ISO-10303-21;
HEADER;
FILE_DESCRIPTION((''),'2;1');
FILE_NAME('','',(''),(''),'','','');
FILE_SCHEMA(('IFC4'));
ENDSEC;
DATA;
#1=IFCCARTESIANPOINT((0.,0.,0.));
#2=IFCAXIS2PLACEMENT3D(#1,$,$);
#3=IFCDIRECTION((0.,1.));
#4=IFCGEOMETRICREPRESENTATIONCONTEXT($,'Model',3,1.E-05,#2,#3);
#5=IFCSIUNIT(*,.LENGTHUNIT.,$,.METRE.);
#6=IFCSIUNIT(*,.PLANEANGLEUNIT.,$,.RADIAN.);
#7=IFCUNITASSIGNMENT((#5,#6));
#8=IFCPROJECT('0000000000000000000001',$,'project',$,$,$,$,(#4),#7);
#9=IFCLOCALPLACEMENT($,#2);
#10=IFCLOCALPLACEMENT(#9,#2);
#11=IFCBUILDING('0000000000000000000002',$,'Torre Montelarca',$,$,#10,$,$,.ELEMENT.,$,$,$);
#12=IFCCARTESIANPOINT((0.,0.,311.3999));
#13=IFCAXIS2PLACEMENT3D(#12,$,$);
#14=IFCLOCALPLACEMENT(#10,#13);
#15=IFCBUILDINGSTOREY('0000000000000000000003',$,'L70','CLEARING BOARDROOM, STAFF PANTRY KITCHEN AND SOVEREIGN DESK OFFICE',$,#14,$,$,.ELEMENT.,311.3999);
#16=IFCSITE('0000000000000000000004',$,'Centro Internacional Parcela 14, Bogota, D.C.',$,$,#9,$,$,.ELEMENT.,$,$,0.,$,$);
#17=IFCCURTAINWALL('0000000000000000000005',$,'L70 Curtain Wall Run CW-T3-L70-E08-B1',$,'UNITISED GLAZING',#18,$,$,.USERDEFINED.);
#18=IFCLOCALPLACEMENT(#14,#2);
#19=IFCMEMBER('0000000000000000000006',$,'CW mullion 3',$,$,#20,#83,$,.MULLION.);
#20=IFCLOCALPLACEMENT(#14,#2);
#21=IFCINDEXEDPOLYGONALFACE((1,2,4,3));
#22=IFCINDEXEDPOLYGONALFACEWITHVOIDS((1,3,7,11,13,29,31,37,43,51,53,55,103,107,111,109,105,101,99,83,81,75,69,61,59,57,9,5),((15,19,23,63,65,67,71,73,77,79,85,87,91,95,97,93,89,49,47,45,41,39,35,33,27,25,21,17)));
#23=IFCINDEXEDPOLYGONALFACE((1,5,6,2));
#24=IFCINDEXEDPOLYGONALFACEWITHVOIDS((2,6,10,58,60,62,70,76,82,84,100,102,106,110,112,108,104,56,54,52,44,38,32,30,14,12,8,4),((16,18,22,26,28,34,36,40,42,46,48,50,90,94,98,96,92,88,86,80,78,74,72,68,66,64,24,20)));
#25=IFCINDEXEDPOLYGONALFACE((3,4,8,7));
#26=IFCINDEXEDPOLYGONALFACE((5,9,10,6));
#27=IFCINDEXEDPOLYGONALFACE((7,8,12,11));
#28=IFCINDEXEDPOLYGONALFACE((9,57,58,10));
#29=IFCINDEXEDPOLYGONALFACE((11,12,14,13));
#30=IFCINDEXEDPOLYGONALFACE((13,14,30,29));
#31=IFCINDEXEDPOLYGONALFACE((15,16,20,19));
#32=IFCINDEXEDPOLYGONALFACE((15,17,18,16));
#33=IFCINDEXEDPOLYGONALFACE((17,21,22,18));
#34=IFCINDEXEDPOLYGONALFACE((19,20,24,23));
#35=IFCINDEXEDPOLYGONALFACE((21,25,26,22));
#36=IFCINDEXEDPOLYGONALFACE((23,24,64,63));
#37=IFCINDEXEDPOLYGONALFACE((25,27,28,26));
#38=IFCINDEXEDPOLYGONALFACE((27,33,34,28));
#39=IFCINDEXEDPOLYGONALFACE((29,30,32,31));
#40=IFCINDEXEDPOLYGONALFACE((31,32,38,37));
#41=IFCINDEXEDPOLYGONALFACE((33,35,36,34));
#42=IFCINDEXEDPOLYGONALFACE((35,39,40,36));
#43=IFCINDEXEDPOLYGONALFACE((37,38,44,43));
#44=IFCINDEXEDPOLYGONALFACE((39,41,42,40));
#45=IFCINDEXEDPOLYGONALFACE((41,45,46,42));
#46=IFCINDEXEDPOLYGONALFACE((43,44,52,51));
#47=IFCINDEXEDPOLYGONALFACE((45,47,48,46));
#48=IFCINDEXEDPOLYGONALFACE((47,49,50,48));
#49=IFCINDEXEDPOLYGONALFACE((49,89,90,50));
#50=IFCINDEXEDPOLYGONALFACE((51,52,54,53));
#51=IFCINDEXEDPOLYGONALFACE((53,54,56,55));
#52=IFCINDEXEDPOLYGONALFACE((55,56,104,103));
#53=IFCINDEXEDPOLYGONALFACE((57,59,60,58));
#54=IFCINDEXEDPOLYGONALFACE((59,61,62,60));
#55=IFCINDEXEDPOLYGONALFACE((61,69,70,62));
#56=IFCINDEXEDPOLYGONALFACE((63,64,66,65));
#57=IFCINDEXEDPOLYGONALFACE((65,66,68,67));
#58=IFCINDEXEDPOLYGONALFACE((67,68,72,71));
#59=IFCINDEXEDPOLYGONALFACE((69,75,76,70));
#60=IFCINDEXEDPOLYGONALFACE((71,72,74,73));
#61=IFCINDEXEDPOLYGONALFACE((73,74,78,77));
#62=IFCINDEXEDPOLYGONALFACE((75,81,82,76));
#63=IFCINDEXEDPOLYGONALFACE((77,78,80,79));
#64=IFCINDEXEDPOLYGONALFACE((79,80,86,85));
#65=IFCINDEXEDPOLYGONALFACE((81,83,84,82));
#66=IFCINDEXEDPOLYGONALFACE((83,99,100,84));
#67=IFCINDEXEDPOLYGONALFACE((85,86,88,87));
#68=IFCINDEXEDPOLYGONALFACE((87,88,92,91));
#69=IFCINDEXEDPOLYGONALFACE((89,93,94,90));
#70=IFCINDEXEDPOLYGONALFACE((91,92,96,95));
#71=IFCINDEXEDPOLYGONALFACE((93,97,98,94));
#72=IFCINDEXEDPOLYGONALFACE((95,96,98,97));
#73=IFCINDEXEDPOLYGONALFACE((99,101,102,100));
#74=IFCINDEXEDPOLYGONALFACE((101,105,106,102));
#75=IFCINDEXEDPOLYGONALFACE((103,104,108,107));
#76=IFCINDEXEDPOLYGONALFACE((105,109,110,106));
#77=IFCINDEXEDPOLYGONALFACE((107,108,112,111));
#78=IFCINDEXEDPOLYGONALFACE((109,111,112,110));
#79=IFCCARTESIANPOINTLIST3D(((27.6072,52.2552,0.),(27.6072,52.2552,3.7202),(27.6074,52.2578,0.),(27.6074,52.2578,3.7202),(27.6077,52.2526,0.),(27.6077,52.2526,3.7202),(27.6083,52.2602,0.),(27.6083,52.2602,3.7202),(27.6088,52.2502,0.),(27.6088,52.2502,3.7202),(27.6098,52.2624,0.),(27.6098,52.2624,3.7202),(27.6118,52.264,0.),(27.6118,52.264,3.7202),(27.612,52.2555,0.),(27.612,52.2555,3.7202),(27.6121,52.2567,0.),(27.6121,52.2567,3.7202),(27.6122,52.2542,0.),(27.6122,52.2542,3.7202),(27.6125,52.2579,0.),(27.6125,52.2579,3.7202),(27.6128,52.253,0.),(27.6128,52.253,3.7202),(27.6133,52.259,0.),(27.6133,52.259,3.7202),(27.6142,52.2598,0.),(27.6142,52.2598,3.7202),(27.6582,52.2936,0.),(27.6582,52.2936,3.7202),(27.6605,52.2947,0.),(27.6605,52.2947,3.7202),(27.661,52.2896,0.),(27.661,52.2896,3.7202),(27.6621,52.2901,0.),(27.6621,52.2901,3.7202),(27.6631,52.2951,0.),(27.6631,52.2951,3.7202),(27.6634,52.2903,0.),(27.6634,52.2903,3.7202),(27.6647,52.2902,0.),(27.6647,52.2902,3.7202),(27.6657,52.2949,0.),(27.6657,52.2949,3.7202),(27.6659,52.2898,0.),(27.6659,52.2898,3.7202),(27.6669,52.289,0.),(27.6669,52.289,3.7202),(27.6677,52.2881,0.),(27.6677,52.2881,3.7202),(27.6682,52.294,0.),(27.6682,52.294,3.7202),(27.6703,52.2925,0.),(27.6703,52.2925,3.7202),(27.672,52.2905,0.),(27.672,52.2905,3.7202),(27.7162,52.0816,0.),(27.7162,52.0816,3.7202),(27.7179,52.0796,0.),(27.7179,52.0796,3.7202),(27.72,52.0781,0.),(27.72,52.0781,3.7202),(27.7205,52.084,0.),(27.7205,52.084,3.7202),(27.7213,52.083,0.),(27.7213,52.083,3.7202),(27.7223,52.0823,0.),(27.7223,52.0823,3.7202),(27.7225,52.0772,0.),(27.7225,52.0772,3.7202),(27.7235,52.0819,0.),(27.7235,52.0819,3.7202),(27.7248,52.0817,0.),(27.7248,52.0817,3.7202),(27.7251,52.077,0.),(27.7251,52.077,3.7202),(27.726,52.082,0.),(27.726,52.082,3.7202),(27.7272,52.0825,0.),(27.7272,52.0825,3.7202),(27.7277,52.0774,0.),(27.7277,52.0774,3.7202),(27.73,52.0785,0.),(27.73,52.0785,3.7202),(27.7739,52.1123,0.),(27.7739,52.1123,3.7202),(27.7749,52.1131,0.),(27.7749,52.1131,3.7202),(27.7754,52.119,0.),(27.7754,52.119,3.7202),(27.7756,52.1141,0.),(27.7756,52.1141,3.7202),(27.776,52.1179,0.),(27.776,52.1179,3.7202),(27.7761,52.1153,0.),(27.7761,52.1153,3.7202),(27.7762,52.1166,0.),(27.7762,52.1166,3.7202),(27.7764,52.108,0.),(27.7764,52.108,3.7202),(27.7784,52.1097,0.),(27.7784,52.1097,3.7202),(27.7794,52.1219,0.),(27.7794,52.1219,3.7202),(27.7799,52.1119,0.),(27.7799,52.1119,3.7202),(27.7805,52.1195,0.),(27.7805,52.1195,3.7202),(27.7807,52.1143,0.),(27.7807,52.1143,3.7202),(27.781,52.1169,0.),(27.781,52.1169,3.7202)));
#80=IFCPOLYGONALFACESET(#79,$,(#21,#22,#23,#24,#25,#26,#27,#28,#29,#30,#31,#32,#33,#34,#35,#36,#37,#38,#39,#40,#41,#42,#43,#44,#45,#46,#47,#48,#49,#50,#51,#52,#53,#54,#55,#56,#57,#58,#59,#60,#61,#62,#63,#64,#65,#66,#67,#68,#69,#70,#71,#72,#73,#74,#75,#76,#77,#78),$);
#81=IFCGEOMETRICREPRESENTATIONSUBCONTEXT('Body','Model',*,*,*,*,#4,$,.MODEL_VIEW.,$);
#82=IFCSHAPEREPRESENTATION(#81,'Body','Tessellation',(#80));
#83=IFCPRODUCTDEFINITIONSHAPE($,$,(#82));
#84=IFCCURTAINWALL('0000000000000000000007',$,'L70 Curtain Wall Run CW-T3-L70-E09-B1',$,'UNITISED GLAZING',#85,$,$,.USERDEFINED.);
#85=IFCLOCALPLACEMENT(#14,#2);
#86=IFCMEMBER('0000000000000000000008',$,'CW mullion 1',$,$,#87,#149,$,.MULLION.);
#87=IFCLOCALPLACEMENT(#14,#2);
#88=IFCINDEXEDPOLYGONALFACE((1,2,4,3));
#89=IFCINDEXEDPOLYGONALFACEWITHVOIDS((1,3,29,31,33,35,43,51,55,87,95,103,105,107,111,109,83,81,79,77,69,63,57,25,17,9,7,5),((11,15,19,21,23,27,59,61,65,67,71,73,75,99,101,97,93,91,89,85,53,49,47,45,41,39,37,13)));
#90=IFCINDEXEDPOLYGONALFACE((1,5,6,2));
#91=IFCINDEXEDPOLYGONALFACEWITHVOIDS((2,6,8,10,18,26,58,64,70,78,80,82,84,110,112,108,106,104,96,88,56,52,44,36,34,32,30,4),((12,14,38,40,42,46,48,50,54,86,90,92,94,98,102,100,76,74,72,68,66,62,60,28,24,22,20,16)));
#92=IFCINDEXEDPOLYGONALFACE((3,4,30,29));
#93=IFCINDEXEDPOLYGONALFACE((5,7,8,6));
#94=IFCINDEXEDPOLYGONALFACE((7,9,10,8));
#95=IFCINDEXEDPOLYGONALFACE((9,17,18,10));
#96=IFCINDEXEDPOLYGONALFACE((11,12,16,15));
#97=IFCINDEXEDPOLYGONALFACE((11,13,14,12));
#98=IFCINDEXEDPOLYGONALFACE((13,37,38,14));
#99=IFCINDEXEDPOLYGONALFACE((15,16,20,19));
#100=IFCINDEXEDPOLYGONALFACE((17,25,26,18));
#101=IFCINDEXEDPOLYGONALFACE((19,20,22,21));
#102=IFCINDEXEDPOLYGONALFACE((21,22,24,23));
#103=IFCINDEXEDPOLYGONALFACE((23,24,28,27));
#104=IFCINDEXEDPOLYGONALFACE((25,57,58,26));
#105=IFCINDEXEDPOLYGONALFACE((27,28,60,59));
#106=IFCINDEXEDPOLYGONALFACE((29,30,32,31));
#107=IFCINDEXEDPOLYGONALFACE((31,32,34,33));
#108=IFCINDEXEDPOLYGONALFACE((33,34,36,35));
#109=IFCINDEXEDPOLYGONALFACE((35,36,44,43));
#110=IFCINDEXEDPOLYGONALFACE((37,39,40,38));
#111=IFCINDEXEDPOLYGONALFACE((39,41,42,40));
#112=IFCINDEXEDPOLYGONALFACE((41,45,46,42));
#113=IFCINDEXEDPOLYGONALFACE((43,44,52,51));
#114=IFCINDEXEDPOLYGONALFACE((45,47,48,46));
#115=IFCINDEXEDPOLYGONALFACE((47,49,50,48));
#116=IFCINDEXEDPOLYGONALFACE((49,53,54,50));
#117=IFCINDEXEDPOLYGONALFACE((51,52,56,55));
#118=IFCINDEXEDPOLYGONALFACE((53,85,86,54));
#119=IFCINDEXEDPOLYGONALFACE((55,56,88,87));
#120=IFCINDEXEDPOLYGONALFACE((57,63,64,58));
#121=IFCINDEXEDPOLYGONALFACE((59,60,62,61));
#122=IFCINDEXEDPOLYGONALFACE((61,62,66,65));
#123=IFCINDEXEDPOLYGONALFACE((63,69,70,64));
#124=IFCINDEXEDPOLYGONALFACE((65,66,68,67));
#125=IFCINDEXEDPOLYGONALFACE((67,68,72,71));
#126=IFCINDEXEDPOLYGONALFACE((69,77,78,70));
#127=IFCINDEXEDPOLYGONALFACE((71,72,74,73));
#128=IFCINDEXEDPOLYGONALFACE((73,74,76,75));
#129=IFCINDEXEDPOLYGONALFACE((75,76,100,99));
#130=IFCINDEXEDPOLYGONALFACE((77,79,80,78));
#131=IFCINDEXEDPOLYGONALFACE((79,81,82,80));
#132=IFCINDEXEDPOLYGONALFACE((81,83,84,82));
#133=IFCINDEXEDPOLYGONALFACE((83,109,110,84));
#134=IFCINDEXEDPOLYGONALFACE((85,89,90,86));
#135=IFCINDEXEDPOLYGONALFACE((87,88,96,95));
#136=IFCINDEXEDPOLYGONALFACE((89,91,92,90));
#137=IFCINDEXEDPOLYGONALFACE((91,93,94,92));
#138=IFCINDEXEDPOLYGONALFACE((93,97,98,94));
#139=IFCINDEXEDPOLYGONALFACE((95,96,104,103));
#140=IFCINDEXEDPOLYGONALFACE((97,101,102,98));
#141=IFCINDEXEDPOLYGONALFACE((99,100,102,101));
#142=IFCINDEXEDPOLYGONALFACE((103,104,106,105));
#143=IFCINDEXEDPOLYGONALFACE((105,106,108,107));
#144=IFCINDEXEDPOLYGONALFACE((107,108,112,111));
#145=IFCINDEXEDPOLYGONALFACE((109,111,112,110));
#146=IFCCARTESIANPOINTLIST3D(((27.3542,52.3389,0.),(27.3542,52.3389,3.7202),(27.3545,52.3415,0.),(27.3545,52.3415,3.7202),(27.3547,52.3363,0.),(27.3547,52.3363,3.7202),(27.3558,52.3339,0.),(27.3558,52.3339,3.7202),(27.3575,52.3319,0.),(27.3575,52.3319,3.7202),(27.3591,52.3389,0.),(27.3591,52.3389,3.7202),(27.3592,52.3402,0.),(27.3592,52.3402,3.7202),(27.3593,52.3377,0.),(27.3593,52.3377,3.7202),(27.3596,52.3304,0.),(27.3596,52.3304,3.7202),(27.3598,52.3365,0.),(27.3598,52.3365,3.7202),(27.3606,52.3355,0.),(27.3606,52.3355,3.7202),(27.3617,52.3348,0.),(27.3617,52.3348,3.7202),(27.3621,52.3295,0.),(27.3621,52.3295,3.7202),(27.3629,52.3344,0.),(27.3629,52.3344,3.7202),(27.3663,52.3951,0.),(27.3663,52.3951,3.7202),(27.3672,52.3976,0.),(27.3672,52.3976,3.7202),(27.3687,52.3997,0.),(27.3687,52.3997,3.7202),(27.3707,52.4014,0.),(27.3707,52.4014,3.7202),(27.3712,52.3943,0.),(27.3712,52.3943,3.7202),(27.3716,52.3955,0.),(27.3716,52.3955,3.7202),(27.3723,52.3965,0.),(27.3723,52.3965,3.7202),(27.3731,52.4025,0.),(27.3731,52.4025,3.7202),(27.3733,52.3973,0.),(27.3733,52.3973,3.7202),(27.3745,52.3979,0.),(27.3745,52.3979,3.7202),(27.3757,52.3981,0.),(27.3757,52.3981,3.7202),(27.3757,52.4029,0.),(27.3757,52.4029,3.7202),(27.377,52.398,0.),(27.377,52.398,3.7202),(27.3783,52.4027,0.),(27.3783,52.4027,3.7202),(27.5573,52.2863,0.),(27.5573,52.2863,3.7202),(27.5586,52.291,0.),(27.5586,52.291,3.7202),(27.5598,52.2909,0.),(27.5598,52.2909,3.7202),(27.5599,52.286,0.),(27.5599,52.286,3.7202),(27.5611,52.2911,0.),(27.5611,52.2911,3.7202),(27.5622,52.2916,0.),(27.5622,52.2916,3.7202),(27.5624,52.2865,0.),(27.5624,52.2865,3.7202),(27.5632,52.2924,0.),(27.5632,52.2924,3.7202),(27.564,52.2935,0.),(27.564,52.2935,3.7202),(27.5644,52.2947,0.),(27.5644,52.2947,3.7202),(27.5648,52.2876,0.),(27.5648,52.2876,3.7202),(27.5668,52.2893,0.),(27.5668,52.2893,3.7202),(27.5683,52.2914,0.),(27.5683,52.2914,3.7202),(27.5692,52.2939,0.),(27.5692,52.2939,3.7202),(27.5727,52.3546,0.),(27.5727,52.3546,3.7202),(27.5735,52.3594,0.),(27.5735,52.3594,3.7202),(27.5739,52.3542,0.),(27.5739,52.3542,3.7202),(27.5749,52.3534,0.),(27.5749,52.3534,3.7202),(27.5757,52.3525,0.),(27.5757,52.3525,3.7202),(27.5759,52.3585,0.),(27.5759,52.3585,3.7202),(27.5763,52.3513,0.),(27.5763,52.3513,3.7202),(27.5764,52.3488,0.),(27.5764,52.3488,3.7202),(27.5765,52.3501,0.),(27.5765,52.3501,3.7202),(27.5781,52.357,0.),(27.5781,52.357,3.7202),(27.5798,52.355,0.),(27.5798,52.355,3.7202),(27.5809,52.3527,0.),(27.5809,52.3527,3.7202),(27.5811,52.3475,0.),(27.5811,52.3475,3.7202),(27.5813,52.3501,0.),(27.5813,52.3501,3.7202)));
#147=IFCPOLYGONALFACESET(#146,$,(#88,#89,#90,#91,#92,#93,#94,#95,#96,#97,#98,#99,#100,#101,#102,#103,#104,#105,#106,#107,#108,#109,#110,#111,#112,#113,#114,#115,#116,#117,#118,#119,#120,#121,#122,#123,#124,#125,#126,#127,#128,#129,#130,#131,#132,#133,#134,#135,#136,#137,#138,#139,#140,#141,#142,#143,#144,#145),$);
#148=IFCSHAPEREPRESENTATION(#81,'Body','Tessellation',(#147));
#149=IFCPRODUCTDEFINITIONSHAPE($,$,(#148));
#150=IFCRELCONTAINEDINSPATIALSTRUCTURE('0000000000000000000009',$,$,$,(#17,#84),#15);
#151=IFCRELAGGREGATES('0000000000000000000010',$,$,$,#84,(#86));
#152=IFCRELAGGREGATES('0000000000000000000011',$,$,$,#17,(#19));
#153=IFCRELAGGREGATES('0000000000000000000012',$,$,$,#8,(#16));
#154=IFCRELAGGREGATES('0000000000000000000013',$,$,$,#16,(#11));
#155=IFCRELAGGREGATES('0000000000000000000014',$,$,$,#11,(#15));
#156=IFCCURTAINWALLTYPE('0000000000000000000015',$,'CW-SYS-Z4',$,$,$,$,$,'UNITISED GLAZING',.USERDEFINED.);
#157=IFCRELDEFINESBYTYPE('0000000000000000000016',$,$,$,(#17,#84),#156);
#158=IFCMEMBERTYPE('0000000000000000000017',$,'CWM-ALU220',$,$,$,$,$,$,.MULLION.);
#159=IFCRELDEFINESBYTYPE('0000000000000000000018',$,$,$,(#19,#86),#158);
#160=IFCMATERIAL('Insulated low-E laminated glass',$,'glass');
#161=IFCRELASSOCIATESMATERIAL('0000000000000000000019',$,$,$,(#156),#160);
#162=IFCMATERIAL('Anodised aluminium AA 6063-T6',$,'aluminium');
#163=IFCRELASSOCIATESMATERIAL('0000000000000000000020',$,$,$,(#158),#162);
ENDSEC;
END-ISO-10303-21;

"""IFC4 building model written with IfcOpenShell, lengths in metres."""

from ifc_helpers import new_model, si_unit, direction, frame, origin, origin_2d, place, context, subcontext, project, spatial, hollow_rectangle, extrude, source, transform, mapped, material, material_profile, profile_set, type_object, element, aggregate, save


model = new_model("IFC4")

# Units and contexts
model_context = context("Model", 3, precision=1e-05, world=origin(), true_north=direction((0.0, 1.0)))
body_context = subcontext(model_context, "Body", "Model", "MODEL_VIEW")
ifc_project = project(units=[si_unit("LENGTHUNIT", "METRE"), si_unit("PLANEANGLEUNIT", "RADIAN")], contexts=[model_context])

# Site, building, storey
site_placement = place(None, origin())
site = spatial("IfcSite", under=ifc_project, at=site_placement, Name="Centro Internacional Parcela 14, Bogota, D.C.", CompositionType="ELEMENT", RefElevation=0.0)
building_placement = place(site_placement, origin())
building = spatial("IfcBuilding", under=site, at=building_placement, Name="Torre Montelarca", CompositionType="ELEMENT")
storey_placement = place(building_placement, frame((0.0, 0.0, 311.3999)))
storey = spatial("IfcBuildingStorey", under=building, at=storey_placement, Name="L70", Description="CLEARING BOARDROOM, STAFF PANTRY KITCHEN AND SOVEREIGN DESK OFFICE", CompositionType="ELEMENT", Elevation=311.3999)

# Curtain walls, members
ifc_material_1 = material(Name="Insulated low-E laminated glass", Category="glass")
curtain_wall_type = type_object("IfcCurtainWallType", Name="CW-SYS-Z4", ElementType="UNITISED GLAZING", PredefinedType="USERDEFINED", material=ifc_material_1)
curtain_wall_1_placement = place(storey_placement, origin())
curtain_wall_1 = element("IfcCurtainWall", 1, at=curtain_wall_1_placement, inside=storey, type_object=curtain_wall_type, Name="L70 Curtain Wall Run CW-T3-L70-E08-B1", ObjectType="UNITISED GLAZING", PredefinedType="USERDEFINED")
ifc_material_2 = material(Name="Anodised aluminium AA 6063-T6", Category="aluminium")
ifc_material_profile_1 = material_profile(ifc_material_2, hollow_rectangle(XDim=0.075, YDim=0.22, WallThickness=0.0049, InnerFilletRadius=0.0049, OuterFilletRadius=0.01, at=origin_2d()), Name="ALU75X220X5", Category="aluminium")
ifc_profile_set_1 = profile_set([ifc_material_profile_1], Name="Anodised aluminium AA 6063-T6")
member_type_1 = type_object("IfcMemberType", Name="CWM-ALU220", PredefinedType="MULLION", material=ifc_profile_set_1)
shared_shape_1 = source(origin(), body_context, "Body", "SweptSolid", [
    extrude(hollow_rectangle(XDim=0.075, YDim=0.22, WallThickness=0.0049, InnerFilletRadius=0.0049, OuterFilletRadius=0.01, at=origin_2d()), origin(), (0.0, 0.0, 1.0), 3.7202),
])
member_1_placement = place(storey_placement, frame((27.6941, 52.186, 0.0), z_axis=(0.0, 0.0, 1.0), x_axis=(-0.843391, -0.5373, 0.0)))
member_1 = element("IfcMember", 2, at=member_1_placement, type_object=member_type_1, Name="CW mullion 3", PredefinedType="MULLION", context=body_context, shape_type="MappedRepresentation", body=[
    mapped(shared_shape_1, transform((0.0, 0.0, 0.0), scale=1.0)),
])
curtain_wall_2_placement = place(storey_placement, origin())
curtain_wall_2 = element("IfcCurtainWall", 3, at=curtain_wall_2_placement, inside=storey, type_object=curtain_wall_type, Name="L70 Curtain Wall Run CW-T3-L70-E09-B1", ObjectType="UNITISED GLAZING", PredefinedType="USERDEFINED")
member_2_placement = place(storey_placement, frame((27.4678, 52.3445, 0.0), z_axis=(0.0, 0.0, 1.0), x_axis=(-0.216443, -0.976295, 0.0)))
member_2 = element("IfcMember", 4, at=member_2_placement, type_object=member_type_1, Name="CW mullion 1", PredefinedType="MULLION", context=body_context, shape_type="MappedRepresentation", body=[
    mapped(shared_shape_1, transform((0.0, 0.0, 0.0), scale=1.0)),
])

aggregate(curtain_wall_2, [member_2])
aggregate(curtain_wall_1, [member_1])

save(model, "model.ifc")
